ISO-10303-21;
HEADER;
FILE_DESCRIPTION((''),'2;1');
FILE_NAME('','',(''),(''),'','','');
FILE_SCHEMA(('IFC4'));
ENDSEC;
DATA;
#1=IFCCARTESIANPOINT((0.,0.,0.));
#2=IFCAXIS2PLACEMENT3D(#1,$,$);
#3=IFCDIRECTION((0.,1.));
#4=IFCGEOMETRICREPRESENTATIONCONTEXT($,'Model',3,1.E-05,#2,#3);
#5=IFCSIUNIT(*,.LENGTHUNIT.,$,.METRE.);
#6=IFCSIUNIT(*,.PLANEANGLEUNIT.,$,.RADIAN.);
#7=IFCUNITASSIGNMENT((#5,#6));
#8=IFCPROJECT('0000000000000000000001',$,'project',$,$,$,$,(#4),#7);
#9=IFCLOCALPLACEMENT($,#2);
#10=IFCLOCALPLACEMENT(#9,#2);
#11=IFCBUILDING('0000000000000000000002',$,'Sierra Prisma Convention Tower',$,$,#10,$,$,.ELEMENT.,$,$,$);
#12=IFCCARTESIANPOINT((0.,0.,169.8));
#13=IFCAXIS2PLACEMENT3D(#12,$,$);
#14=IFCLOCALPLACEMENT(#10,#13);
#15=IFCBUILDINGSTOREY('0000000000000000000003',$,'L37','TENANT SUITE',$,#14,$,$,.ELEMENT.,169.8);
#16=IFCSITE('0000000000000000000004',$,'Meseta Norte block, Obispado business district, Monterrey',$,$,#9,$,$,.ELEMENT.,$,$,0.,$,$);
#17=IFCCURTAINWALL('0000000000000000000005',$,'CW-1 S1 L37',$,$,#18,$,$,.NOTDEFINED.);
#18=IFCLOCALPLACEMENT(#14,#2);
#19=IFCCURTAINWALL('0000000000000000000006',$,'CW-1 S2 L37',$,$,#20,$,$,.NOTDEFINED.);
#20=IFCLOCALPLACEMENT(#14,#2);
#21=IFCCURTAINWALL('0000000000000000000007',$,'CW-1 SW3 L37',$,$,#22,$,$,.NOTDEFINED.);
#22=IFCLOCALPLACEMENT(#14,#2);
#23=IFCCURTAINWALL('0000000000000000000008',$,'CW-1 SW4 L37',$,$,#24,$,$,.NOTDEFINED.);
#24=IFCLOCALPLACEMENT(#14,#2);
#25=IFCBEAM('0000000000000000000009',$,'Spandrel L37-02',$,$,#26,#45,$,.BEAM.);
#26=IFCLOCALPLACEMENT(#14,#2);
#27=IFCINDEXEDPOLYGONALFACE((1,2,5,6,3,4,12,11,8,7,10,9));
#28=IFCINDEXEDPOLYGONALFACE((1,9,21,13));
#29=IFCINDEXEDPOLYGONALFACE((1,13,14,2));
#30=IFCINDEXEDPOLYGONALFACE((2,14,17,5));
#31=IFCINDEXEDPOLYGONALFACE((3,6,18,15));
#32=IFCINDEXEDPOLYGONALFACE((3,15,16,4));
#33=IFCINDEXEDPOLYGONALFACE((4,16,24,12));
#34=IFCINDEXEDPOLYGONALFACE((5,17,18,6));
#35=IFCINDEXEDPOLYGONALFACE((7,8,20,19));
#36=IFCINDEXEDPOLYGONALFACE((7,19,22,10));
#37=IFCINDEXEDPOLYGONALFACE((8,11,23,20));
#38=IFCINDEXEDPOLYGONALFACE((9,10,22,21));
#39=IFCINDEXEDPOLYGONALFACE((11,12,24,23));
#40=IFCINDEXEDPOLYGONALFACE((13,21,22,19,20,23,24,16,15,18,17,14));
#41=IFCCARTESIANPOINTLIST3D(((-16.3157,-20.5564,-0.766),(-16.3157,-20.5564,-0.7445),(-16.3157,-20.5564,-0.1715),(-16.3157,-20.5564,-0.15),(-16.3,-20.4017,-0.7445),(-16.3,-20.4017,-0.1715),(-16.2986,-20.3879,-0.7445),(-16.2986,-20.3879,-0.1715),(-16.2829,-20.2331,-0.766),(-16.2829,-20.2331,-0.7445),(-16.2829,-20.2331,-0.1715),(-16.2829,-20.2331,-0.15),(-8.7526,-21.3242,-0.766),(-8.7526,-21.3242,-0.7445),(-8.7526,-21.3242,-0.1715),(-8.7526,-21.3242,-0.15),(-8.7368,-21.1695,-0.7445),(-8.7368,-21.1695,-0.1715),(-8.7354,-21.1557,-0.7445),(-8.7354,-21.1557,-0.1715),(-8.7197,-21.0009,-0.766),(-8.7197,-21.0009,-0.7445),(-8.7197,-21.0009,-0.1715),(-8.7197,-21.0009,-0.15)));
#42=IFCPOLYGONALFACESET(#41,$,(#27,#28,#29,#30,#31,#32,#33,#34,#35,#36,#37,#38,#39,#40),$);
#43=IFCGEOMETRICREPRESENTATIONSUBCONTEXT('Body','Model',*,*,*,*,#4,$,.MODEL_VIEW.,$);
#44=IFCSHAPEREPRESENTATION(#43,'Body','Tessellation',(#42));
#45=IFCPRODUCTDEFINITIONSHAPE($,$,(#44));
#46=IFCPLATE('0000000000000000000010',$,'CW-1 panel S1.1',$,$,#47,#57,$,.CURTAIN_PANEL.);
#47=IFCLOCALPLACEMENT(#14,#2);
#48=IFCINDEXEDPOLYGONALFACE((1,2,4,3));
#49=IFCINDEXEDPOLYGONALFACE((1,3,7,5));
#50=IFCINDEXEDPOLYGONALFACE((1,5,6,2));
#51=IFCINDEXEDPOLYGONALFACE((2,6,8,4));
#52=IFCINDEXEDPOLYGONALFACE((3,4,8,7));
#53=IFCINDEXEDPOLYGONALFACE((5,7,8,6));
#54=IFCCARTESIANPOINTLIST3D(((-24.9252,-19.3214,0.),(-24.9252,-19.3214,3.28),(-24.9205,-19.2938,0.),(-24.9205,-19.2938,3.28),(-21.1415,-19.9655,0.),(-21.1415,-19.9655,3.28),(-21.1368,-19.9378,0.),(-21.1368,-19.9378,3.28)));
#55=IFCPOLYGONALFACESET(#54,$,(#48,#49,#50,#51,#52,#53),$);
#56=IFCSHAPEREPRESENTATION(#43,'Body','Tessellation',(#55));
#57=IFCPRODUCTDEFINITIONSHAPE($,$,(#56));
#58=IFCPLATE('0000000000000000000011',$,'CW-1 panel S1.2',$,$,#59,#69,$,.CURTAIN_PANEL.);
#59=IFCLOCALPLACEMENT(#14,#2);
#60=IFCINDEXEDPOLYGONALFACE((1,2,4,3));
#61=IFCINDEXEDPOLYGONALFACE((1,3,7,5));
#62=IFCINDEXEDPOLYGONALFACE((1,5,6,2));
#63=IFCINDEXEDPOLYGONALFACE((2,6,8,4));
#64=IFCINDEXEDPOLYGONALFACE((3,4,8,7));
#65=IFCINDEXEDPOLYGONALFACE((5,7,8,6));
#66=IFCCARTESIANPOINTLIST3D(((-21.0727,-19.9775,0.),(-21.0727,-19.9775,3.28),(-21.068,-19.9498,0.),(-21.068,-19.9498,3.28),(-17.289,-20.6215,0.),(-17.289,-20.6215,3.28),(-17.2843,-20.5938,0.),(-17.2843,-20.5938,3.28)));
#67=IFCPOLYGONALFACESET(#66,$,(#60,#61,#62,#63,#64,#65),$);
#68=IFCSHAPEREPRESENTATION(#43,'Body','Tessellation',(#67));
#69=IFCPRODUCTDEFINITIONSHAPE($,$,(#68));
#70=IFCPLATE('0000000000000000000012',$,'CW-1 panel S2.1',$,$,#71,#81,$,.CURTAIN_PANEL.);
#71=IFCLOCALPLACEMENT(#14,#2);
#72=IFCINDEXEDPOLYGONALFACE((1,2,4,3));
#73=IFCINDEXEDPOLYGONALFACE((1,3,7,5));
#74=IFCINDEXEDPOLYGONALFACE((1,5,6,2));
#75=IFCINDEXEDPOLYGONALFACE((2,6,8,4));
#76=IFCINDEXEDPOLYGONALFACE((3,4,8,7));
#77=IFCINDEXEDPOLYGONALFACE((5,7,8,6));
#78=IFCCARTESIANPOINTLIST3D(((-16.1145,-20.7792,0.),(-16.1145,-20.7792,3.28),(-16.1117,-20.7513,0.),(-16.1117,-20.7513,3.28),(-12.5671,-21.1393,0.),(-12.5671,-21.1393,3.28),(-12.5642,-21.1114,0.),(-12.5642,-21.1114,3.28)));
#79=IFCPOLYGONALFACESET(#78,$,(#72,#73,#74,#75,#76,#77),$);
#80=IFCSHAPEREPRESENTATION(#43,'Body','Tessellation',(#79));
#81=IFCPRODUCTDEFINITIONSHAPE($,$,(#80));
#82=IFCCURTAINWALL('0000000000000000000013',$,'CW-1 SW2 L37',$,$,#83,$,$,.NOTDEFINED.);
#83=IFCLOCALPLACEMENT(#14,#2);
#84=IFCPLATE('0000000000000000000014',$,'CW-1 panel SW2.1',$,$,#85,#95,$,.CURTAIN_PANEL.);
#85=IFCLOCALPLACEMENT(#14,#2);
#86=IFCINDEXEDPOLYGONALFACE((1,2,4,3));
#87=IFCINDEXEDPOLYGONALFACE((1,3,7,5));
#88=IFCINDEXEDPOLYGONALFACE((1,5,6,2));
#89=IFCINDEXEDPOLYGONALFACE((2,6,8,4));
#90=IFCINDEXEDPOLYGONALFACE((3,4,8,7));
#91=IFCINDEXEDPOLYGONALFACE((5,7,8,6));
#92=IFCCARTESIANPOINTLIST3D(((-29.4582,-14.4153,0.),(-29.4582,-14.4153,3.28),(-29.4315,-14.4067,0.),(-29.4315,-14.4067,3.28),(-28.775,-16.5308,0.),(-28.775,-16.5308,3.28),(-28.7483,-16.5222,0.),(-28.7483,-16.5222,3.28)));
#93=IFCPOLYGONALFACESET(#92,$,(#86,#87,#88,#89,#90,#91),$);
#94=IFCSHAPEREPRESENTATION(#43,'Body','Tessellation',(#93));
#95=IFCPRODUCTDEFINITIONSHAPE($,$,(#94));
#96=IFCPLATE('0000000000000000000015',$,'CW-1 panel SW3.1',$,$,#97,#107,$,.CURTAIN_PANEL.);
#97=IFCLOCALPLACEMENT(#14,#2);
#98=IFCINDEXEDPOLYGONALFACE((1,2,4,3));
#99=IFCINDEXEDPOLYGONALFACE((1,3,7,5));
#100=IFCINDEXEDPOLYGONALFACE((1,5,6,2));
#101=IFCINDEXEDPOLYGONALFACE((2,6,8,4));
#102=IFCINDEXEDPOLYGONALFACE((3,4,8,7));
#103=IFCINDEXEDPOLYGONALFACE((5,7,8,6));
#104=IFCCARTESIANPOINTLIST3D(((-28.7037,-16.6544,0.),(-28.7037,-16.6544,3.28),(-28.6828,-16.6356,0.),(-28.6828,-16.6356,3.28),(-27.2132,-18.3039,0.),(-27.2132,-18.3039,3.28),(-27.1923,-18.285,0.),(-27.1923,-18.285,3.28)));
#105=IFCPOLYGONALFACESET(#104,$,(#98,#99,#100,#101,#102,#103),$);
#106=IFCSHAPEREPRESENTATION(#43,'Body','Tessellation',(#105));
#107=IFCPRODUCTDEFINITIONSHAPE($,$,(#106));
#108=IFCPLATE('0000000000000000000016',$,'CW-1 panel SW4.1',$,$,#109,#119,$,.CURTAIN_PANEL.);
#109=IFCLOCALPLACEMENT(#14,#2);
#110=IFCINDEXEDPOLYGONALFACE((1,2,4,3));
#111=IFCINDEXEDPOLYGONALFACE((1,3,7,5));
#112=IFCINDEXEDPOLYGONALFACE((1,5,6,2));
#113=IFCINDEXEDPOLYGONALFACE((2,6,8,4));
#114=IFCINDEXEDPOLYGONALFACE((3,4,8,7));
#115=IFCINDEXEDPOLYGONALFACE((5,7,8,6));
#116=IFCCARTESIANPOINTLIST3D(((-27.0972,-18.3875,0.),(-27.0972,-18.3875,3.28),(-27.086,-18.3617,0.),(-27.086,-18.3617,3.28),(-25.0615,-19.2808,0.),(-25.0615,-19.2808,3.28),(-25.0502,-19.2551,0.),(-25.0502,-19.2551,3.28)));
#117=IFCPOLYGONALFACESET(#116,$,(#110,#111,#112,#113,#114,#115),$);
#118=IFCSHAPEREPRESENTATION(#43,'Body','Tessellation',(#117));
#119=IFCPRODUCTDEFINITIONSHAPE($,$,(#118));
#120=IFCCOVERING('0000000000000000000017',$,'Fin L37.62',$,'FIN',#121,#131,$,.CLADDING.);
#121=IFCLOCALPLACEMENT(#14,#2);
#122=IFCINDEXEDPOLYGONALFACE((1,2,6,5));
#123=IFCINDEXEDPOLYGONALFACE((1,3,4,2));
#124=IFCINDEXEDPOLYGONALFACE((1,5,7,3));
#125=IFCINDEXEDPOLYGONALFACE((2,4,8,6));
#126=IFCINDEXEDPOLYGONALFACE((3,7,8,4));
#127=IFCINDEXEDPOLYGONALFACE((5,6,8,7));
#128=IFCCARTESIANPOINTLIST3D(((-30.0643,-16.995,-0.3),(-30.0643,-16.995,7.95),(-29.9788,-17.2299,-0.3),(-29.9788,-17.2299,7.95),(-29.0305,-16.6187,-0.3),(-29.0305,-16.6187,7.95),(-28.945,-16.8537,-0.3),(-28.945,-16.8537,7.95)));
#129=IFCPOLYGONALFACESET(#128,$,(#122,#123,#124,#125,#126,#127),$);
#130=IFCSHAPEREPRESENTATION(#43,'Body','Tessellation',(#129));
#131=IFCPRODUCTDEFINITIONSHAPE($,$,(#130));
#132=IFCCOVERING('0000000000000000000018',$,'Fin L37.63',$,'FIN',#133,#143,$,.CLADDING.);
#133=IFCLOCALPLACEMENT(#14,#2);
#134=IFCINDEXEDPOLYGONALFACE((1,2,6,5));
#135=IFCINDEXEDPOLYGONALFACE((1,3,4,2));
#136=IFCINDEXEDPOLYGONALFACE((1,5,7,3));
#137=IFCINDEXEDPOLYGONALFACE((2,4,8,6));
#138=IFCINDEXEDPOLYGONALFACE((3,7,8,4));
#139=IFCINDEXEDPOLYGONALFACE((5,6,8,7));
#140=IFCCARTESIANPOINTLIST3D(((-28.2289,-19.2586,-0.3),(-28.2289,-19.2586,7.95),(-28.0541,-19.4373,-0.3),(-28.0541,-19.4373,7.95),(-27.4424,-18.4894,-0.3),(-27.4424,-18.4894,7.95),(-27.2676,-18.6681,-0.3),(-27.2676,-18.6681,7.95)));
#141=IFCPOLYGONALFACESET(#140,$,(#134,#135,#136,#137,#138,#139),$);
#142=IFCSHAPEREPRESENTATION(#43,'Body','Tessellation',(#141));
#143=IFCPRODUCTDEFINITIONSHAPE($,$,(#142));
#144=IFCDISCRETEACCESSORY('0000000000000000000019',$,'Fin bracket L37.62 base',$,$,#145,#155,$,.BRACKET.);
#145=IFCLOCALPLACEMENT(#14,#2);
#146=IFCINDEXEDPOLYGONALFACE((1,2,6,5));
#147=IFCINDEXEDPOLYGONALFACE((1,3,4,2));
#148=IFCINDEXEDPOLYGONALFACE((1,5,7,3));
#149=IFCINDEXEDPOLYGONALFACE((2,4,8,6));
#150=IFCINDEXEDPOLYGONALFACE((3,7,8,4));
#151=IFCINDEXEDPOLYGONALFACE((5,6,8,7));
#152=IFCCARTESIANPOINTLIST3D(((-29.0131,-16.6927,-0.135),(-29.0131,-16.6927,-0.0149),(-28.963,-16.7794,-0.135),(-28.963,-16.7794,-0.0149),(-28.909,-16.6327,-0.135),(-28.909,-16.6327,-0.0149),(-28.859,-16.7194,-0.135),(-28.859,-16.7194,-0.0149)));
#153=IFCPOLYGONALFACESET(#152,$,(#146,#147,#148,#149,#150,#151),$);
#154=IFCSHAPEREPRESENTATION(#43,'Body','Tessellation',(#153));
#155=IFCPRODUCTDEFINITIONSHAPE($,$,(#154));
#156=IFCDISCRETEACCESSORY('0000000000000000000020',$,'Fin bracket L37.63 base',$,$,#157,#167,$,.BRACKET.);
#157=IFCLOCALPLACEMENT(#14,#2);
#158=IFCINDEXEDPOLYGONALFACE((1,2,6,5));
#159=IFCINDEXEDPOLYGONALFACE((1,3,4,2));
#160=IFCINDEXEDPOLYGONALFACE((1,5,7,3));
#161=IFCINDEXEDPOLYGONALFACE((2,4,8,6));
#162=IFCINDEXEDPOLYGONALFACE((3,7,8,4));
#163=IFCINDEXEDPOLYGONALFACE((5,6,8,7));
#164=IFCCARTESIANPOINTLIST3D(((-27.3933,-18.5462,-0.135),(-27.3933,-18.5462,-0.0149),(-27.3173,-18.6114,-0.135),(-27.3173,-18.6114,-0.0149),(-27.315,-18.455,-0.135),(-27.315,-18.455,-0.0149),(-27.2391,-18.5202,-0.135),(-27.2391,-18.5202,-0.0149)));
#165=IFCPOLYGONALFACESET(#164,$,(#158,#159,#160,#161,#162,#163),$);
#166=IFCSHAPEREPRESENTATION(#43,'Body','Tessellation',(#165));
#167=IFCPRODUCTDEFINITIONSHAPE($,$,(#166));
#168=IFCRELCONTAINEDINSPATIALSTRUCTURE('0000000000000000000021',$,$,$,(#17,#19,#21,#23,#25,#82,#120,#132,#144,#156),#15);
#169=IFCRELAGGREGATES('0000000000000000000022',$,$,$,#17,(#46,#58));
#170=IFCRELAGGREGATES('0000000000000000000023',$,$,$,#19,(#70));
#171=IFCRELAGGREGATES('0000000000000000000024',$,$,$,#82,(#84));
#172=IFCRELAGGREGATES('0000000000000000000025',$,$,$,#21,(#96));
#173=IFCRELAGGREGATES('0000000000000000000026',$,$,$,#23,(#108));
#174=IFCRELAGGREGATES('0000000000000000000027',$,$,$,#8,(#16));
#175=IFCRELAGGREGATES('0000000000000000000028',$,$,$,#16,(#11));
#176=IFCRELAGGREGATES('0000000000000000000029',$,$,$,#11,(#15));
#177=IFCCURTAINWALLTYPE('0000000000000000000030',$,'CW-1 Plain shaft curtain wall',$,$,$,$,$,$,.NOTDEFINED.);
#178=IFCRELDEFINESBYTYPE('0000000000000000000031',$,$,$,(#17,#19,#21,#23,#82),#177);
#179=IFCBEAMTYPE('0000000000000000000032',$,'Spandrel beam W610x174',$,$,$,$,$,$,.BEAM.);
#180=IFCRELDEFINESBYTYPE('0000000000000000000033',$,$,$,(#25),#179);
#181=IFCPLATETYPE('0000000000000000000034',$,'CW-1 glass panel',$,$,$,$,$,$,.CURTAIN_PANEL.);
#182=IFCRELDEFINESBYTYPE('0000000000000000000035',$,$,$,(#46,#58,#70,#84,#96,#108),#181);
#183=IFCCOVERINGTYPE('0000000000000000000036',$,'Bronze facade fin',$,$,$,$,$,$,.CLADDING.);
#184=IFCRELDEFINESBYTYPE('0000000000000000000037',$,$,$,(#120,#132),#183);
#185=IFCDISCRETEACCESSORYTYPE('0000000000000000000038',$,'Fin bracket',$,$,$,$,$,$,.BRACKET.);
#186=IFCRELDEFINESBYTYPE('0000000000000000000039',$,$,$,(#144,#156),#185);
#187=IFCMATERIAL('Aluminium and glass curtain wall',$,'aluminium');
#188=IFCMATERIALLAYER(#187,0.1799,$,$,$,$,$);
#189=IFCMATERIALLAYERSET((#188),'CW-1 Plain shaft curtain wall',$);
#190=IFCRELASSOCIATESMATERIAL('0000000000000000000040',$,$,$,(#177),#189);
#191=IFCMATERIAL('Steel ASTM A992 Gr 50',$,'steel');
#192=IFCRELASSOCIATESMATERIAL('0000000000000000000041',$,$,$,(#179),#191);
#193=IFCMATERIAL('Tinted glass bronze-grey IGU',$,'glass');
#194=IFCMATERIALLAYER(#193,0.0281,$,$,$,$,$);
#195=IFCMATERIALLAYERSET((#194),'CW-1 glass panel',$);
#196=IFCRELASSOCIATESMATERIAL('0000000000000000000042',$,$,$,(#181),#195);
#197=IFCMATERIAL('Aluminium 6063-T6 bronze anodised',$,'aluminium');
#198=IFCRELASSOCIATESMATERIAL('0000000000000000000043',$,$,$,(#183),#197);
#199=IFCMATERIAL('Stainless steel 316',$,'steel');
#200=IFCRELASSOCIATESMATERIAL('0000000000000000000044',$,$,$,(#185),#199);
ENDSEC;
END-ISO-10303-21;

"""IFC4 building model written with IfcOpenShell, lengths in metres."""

from ifc_helpers import new_model, si_unit, direction, frame, origin, origin_2d, place, context, subcontext, project, spatial, rectangle, i_section, extrude, material, layer, layer_set, material_profile, profile_set, type_object, element, aggregate, save


model = new_model("IFC4")

# Units and contexts
model_context = context("Model", 3, precision=1e-05, world=origin(), true_north=direction((0.0, 1.0)))
body_context = subcontext(model_context, "Body", "Model", "MODEL_VIEW")
ifc_project = project(units=[si_unit("LENGTHUNIT", "METRE"), si_unit("PLANEANGLEUNIT", "RADIAN")], contexts=[model_context])

# Site, building, storey
site_placement = place(None, origin())
site = spatial("IfcSite", under=ifc_project, at=site_placement, Name="Meseta Norte block, Obispado business district, Monterrey", CompositionType="ELEMENT", RefElevation=0.0)
building_placement = place(site_placement, origin())
building = spatial("IfcBuilding", under=site, at=building_placement, Name="Sierra Prisma Convention Tower", CompositionType="ELEMENT")
storey_placement = place(building_placement, frame((0.0, 0.0, 169.8)))
storey = spatial("IfcBuildingStorey", under=building, at=storey_placement, Name="L37", Description="TENANT SUITE", CompositionType="ELEMENT", Elevation=169.8)

# Curtain wall
ifc_material_1 = material(Name="Aluminium and glass curtain wall", Category="aluminium")
ifc_layer_1 = layer(ifc_material_1, 0.1799)
ifc_layer_set_1 = layer_set([ifc_layer_1], Name="CW-1 Plain shaft curtain wall")
curtain_wall_type = type_object("IfcCurtainWallType", Name="CW-1 Plain shaft curtain wall", PredefinedType="NOTDEFINED", material=ifc_layer_set_1)
curtain_wall_1_placement = place(storey_placement, origin())
curtain_wall_1 = element("IfcCurtainWall", 1, at=curtain_wall_1_placement, inside=storey, type_object=curtain_wall_type, Name="CW-1 S1 L37", PredefinedType="NOTDEFINED")

# Curtain walls
curtain_wall_2_placement = place(storey_placement, origin())
curtain_wall_2 = element("IfcCurtainWall", 2, at=curtain_wall_2_placement, inside=storey, type_object=curtain_wall_type, Name="CW-1 S2 L37", PredefinedType="NOTDEFINED")
curtain_wall_3_placement = place(storey_placement, origin())
curtain_wall_3 = element("IfcCurtainWall", 3, at=curtain_wall_3_placement, inside=storey, type_object=curtain_wall_type, Name="CW-1 SW3 L37", PredefinedType="NOTDEFINED")
curtain_wall_4_placement = place(storey_placement, origin())
curtain_wall_4 = element("IfcCurtainWall", 4, at=curtain_wall_4_placement, inside=storey, type_object=curtain_wall_type, Name="CW-1 SW4 L37", PredefinedType="NOTDEFINED")

# Beam
ifc_material_2 = material(Name="Steel ASTM A992 Gr 50", Category="steel")
ifc_material_profile_1 = material_profile(ifc_material_2, i_section(OverallWidth=0.325, OverallDepth=0.616, WebThickness=0.0139, FlangeThickness=0.0215, at=origin_2d()), Name="W610x174")
ifc_profile_set_1 = profile_set([ifc_material_profile_1], Name="Steel ASTM A992 Gr 50")
beam_type_1 = type_object("IfcBeamType", Name="Spandrel beam W610x174", PredefinedType="BEAM", material=ifc_profile_set_1)
beam_1_placement = place(storey_placement, frame((-16.2993, -20.3948, -0.458), z_axis=(0.994886, -0.101001, 0.0), x_axis=(0.101001, 0.994886, 0.0)))
element("IfcBeam", 5, at=beam_1_placement, inside=storey, type_object=beam_type_1, Name="Spandrel L37-02", PredefinedType="BEAM", context=body_context, shape_type="SweptSolid", body=[
    extrude(i_section(OverallWidth=0.325, OverallDepth=0.616, WebThickness=0.0139, FlangeThickness=0.0215, at=origin_2d()), origin(), (0.0, 0.0, 1.0), 7.6021),
])

# Plates
ifc_material_3 = material(Name="Tinted glass bronze-grey IGU", Category="glass")
ifc_layer_2 = layer(ifc_material_3, 0.0281)
ifc_layer_set_2 = layer_set([ifc_layer_2], Name="CW-1 glass panel")
plate_type = type_object("IfcPlateType", Name="CW-1 glass panel", PredefinedType="CURTAIN_PANEL", material=ifc_layer_set_2)
plate_1_placement = place(storey_placement, frame((-23.031, -19.6296, 0.0), z_axis=(0.0, 0.0, 1.0), x_axis=(0.98582, -0.167805, 0.0)))
plate_1 = element("IfcPlate", 6, at=plate_1_placement, type_object=plate_type, Name="CW-1 panel S1.1", PredefinedType="CURTAIN_PANEL", context=body_context, shape_type="SweptSolid", body=[
    extrude(rectangle(XDim=3.8381, YDim=0.0281, at=origin_2d()), origin(), (0.0, 0.0, 1.0), 3.28),
])
plate_2_placement = place(storey_placement, frame((-19.1785, -20.2856, 0.0), z_axis=(0.0, 0.0, 1.0), x_axis=(0.98582, -0.167805, 0.0)))
plate_2 = element("IfcPlate", 7, at=plate_2_placement, type_object=plate_type, Name="CW-1 panel S1.2", PredefinedType="CURTAIN_PANEL", context=body_context, shape_type="SweptSolid", body=[
    extrude(rectangle(XDim=3.8381, YDim=0.0281, at=origin_2d()), origin(), (0.0, 0.0, 1.0), 3.28),
])
aggregate(curtain_wall_1, [plate_1, plate_2])
plate_3_placement = place(storey_placement, frame((-14.3394, -20.9453, 0.0), z_axis=(0.0, 0.0, 1.0), x_axis=(0.994888, -0.100989, 0.0)))
plate_3 = element("IfcPlate", 8, at=plate_3_placement, type_object=plate_type, Name="CW-1 panel S2.1", PredefinedType="CURTAIN_PANEL", context=body_context, shape_type="SweptSolid", body=[
    extrude(rectangle(XDim=3.5657, YDim=0.0281, at=origin_2d()), origin(), (0.0, 0.0, 1.0), 3.28),
])
aggregate(curtain_wall_2, [plate_3])

# Curtain wall, plate
curtain_wall_5_placement = place(storey_placement, origin())
curtain_wall_5 = element("IfcCurtainWall", 9, at=curtain_wall_5_placement, inside=storey, type_object=curtain_wall_type, Name="CW-1 SW2 L37", PredefinedType="NOTDEFINED")
plate_4_placement = place(storey_placement, frame((-29.1033, -15.4688, 0.0), z_axis=(0.0, 0.0, 1.0), x_axis=(0.307325, -0.951605, 0.0)))
plate_4 = element("IfcPlate", 10, at=plate_4_placement, type_object=plate_type, Name="CW-1 panel SW2.1", PredefinedType="CURTAIN_PANEL", context=body_context, shape_type="SweptSolid", body=[
    extrude(rectangle(XDim=2.2231, YDim=0.0281, at=origin_2d()), origin(), (0.0, 0.0, 1.0), 3.28),
])
aggregate(curtain_wall_5, [plate_4])

# Plates
plate_5_placement = place(storey_placement, frame((-27.948, -17.4697, 0.0), z_axis=(0.0, 0.0, 1.0), x_axis=(0.670452, -0.741953, 0.0)))
plate_5 = element("IfcPlate", 11, at=plate_5_placement, type_object=plate_type, Name="CW-1 panel SW3.1", PredefinedType="CURTAIN_PANEL", context=body_context, shape_type="SweptSolid", body=[
    extrude(rectangle(XDim=2.2231, YDim=0.0281, at=origin_2d()), origin(), (0.0, 0.0, 1.0), 3.28),
])
aggregate(curtain_wall_3, [plate_5])
plate_6_placement = place(storey_placement, frame((-26.0737, -18.8213, 0.0), z_axis=(0.0, 0.0, 1.0), x_axis=(0.915703, -0.401855, 0.0)))
plate_6 = element("IfcPlate", 12, at=plate_6_placement, type_object=plate_type, Name="CW-1 panel SW4.1", PredefinedType="CURTAIN_PANEL", context=body_context, shape_type="SweptSolid", body=[
    extrude(rectangle(XDim=2.2231, YDim=0.0281, at=origin_2d()), origin(), (0.0, 0.0, 1.0), 3.28),
])
aggregate(curtain_wall_4, [plate_6])

# Coverings
ifc_material_4 = material(Name="Aluminium 6063-T6 bronze anodised", Category="aluminium")
ifc_material_profile_2 = material_profile(ifc_material_4, rectangle(XDim=1.1001, YDim=0.25, at=origin_2d()), Name="ALU FIN 1100x250")
ifc_profile_set_2 = profile_set([ifc_material_profile_2], Name="Aluminium 6063-T6 bronze anodised")
covering_type = type_object("IfcCoveringType", Name="Bronze facade fin", PredefinedType="CLADDING", material=ifc_profile_set_2)
for number, where, z_axis, x_axis, name in (
    (13, (-29.5046, -16.9243, -0.3), (0.0, 0.0, 1.0), (-0.939693, -0.34202, 0.0), "Fin L37.62"),
    (14, (-27.7483, -18.9634, -0.3), (0.0, 0.0, 1.0), (-0.714923, -0.699203, 0.0), "Fin L37.63"),
):
    element("IfcCovering", number, at=place(storey_placement, frame(where, z_axis=z_axis, x_axis=x_axis)), inside=storey, type_object=covering_type, Name=name, ObjectType="FIN", PredefinedType="CLADDING", context=body_context, shape_type="SweptSolid", body=[
        extrude(rectangle(XDim=1.1001, YDim=0.25, at=origin_2d()), origin(), (0.0, 0.0, 1.0), 8.25),
    ])

# Discrete accessories
ifc_material_5 = material(Name="Stainless steel 316", Category="steel")
discrete_accessory_type = type_object("IfcDiscreteAccessoryType", Name="Fin bracket", PredefinedType="BRACKET", material=ifc_material_5)
for number, where, z_axis, x_axis, name in (
    (15, (-28.936, -16.7061, -0.135), (0.0, 0.0, 1.0), (-0.866025, -0.5, 0.0), "Fin bracket L37.62 base"),
    (16, (-27.3162, -18.5332, -0.135), (0.0, 0.0, 1.0), (-0.651263, -0.758852, 0.0), "Fin bracket L37.63 base"),
):
    element("IfcDiscreteAccessory", number, at=place(storey_placement, frame(where, z_axis=z_axis, x_axis=x_axis)), inside=storey, type_object=discrete_accessory_type, Name=name, PredefinedType="BRACKET", context=body_context, shape_type="SweptSolid", body=[
        extrude(rectangle(XDim=0.1201, YDim=0.1001, at=origin_2d()), origin(), (0.0, 0.0, 1.0), 0.1201),
    ])

save(model, "model.ifc")
